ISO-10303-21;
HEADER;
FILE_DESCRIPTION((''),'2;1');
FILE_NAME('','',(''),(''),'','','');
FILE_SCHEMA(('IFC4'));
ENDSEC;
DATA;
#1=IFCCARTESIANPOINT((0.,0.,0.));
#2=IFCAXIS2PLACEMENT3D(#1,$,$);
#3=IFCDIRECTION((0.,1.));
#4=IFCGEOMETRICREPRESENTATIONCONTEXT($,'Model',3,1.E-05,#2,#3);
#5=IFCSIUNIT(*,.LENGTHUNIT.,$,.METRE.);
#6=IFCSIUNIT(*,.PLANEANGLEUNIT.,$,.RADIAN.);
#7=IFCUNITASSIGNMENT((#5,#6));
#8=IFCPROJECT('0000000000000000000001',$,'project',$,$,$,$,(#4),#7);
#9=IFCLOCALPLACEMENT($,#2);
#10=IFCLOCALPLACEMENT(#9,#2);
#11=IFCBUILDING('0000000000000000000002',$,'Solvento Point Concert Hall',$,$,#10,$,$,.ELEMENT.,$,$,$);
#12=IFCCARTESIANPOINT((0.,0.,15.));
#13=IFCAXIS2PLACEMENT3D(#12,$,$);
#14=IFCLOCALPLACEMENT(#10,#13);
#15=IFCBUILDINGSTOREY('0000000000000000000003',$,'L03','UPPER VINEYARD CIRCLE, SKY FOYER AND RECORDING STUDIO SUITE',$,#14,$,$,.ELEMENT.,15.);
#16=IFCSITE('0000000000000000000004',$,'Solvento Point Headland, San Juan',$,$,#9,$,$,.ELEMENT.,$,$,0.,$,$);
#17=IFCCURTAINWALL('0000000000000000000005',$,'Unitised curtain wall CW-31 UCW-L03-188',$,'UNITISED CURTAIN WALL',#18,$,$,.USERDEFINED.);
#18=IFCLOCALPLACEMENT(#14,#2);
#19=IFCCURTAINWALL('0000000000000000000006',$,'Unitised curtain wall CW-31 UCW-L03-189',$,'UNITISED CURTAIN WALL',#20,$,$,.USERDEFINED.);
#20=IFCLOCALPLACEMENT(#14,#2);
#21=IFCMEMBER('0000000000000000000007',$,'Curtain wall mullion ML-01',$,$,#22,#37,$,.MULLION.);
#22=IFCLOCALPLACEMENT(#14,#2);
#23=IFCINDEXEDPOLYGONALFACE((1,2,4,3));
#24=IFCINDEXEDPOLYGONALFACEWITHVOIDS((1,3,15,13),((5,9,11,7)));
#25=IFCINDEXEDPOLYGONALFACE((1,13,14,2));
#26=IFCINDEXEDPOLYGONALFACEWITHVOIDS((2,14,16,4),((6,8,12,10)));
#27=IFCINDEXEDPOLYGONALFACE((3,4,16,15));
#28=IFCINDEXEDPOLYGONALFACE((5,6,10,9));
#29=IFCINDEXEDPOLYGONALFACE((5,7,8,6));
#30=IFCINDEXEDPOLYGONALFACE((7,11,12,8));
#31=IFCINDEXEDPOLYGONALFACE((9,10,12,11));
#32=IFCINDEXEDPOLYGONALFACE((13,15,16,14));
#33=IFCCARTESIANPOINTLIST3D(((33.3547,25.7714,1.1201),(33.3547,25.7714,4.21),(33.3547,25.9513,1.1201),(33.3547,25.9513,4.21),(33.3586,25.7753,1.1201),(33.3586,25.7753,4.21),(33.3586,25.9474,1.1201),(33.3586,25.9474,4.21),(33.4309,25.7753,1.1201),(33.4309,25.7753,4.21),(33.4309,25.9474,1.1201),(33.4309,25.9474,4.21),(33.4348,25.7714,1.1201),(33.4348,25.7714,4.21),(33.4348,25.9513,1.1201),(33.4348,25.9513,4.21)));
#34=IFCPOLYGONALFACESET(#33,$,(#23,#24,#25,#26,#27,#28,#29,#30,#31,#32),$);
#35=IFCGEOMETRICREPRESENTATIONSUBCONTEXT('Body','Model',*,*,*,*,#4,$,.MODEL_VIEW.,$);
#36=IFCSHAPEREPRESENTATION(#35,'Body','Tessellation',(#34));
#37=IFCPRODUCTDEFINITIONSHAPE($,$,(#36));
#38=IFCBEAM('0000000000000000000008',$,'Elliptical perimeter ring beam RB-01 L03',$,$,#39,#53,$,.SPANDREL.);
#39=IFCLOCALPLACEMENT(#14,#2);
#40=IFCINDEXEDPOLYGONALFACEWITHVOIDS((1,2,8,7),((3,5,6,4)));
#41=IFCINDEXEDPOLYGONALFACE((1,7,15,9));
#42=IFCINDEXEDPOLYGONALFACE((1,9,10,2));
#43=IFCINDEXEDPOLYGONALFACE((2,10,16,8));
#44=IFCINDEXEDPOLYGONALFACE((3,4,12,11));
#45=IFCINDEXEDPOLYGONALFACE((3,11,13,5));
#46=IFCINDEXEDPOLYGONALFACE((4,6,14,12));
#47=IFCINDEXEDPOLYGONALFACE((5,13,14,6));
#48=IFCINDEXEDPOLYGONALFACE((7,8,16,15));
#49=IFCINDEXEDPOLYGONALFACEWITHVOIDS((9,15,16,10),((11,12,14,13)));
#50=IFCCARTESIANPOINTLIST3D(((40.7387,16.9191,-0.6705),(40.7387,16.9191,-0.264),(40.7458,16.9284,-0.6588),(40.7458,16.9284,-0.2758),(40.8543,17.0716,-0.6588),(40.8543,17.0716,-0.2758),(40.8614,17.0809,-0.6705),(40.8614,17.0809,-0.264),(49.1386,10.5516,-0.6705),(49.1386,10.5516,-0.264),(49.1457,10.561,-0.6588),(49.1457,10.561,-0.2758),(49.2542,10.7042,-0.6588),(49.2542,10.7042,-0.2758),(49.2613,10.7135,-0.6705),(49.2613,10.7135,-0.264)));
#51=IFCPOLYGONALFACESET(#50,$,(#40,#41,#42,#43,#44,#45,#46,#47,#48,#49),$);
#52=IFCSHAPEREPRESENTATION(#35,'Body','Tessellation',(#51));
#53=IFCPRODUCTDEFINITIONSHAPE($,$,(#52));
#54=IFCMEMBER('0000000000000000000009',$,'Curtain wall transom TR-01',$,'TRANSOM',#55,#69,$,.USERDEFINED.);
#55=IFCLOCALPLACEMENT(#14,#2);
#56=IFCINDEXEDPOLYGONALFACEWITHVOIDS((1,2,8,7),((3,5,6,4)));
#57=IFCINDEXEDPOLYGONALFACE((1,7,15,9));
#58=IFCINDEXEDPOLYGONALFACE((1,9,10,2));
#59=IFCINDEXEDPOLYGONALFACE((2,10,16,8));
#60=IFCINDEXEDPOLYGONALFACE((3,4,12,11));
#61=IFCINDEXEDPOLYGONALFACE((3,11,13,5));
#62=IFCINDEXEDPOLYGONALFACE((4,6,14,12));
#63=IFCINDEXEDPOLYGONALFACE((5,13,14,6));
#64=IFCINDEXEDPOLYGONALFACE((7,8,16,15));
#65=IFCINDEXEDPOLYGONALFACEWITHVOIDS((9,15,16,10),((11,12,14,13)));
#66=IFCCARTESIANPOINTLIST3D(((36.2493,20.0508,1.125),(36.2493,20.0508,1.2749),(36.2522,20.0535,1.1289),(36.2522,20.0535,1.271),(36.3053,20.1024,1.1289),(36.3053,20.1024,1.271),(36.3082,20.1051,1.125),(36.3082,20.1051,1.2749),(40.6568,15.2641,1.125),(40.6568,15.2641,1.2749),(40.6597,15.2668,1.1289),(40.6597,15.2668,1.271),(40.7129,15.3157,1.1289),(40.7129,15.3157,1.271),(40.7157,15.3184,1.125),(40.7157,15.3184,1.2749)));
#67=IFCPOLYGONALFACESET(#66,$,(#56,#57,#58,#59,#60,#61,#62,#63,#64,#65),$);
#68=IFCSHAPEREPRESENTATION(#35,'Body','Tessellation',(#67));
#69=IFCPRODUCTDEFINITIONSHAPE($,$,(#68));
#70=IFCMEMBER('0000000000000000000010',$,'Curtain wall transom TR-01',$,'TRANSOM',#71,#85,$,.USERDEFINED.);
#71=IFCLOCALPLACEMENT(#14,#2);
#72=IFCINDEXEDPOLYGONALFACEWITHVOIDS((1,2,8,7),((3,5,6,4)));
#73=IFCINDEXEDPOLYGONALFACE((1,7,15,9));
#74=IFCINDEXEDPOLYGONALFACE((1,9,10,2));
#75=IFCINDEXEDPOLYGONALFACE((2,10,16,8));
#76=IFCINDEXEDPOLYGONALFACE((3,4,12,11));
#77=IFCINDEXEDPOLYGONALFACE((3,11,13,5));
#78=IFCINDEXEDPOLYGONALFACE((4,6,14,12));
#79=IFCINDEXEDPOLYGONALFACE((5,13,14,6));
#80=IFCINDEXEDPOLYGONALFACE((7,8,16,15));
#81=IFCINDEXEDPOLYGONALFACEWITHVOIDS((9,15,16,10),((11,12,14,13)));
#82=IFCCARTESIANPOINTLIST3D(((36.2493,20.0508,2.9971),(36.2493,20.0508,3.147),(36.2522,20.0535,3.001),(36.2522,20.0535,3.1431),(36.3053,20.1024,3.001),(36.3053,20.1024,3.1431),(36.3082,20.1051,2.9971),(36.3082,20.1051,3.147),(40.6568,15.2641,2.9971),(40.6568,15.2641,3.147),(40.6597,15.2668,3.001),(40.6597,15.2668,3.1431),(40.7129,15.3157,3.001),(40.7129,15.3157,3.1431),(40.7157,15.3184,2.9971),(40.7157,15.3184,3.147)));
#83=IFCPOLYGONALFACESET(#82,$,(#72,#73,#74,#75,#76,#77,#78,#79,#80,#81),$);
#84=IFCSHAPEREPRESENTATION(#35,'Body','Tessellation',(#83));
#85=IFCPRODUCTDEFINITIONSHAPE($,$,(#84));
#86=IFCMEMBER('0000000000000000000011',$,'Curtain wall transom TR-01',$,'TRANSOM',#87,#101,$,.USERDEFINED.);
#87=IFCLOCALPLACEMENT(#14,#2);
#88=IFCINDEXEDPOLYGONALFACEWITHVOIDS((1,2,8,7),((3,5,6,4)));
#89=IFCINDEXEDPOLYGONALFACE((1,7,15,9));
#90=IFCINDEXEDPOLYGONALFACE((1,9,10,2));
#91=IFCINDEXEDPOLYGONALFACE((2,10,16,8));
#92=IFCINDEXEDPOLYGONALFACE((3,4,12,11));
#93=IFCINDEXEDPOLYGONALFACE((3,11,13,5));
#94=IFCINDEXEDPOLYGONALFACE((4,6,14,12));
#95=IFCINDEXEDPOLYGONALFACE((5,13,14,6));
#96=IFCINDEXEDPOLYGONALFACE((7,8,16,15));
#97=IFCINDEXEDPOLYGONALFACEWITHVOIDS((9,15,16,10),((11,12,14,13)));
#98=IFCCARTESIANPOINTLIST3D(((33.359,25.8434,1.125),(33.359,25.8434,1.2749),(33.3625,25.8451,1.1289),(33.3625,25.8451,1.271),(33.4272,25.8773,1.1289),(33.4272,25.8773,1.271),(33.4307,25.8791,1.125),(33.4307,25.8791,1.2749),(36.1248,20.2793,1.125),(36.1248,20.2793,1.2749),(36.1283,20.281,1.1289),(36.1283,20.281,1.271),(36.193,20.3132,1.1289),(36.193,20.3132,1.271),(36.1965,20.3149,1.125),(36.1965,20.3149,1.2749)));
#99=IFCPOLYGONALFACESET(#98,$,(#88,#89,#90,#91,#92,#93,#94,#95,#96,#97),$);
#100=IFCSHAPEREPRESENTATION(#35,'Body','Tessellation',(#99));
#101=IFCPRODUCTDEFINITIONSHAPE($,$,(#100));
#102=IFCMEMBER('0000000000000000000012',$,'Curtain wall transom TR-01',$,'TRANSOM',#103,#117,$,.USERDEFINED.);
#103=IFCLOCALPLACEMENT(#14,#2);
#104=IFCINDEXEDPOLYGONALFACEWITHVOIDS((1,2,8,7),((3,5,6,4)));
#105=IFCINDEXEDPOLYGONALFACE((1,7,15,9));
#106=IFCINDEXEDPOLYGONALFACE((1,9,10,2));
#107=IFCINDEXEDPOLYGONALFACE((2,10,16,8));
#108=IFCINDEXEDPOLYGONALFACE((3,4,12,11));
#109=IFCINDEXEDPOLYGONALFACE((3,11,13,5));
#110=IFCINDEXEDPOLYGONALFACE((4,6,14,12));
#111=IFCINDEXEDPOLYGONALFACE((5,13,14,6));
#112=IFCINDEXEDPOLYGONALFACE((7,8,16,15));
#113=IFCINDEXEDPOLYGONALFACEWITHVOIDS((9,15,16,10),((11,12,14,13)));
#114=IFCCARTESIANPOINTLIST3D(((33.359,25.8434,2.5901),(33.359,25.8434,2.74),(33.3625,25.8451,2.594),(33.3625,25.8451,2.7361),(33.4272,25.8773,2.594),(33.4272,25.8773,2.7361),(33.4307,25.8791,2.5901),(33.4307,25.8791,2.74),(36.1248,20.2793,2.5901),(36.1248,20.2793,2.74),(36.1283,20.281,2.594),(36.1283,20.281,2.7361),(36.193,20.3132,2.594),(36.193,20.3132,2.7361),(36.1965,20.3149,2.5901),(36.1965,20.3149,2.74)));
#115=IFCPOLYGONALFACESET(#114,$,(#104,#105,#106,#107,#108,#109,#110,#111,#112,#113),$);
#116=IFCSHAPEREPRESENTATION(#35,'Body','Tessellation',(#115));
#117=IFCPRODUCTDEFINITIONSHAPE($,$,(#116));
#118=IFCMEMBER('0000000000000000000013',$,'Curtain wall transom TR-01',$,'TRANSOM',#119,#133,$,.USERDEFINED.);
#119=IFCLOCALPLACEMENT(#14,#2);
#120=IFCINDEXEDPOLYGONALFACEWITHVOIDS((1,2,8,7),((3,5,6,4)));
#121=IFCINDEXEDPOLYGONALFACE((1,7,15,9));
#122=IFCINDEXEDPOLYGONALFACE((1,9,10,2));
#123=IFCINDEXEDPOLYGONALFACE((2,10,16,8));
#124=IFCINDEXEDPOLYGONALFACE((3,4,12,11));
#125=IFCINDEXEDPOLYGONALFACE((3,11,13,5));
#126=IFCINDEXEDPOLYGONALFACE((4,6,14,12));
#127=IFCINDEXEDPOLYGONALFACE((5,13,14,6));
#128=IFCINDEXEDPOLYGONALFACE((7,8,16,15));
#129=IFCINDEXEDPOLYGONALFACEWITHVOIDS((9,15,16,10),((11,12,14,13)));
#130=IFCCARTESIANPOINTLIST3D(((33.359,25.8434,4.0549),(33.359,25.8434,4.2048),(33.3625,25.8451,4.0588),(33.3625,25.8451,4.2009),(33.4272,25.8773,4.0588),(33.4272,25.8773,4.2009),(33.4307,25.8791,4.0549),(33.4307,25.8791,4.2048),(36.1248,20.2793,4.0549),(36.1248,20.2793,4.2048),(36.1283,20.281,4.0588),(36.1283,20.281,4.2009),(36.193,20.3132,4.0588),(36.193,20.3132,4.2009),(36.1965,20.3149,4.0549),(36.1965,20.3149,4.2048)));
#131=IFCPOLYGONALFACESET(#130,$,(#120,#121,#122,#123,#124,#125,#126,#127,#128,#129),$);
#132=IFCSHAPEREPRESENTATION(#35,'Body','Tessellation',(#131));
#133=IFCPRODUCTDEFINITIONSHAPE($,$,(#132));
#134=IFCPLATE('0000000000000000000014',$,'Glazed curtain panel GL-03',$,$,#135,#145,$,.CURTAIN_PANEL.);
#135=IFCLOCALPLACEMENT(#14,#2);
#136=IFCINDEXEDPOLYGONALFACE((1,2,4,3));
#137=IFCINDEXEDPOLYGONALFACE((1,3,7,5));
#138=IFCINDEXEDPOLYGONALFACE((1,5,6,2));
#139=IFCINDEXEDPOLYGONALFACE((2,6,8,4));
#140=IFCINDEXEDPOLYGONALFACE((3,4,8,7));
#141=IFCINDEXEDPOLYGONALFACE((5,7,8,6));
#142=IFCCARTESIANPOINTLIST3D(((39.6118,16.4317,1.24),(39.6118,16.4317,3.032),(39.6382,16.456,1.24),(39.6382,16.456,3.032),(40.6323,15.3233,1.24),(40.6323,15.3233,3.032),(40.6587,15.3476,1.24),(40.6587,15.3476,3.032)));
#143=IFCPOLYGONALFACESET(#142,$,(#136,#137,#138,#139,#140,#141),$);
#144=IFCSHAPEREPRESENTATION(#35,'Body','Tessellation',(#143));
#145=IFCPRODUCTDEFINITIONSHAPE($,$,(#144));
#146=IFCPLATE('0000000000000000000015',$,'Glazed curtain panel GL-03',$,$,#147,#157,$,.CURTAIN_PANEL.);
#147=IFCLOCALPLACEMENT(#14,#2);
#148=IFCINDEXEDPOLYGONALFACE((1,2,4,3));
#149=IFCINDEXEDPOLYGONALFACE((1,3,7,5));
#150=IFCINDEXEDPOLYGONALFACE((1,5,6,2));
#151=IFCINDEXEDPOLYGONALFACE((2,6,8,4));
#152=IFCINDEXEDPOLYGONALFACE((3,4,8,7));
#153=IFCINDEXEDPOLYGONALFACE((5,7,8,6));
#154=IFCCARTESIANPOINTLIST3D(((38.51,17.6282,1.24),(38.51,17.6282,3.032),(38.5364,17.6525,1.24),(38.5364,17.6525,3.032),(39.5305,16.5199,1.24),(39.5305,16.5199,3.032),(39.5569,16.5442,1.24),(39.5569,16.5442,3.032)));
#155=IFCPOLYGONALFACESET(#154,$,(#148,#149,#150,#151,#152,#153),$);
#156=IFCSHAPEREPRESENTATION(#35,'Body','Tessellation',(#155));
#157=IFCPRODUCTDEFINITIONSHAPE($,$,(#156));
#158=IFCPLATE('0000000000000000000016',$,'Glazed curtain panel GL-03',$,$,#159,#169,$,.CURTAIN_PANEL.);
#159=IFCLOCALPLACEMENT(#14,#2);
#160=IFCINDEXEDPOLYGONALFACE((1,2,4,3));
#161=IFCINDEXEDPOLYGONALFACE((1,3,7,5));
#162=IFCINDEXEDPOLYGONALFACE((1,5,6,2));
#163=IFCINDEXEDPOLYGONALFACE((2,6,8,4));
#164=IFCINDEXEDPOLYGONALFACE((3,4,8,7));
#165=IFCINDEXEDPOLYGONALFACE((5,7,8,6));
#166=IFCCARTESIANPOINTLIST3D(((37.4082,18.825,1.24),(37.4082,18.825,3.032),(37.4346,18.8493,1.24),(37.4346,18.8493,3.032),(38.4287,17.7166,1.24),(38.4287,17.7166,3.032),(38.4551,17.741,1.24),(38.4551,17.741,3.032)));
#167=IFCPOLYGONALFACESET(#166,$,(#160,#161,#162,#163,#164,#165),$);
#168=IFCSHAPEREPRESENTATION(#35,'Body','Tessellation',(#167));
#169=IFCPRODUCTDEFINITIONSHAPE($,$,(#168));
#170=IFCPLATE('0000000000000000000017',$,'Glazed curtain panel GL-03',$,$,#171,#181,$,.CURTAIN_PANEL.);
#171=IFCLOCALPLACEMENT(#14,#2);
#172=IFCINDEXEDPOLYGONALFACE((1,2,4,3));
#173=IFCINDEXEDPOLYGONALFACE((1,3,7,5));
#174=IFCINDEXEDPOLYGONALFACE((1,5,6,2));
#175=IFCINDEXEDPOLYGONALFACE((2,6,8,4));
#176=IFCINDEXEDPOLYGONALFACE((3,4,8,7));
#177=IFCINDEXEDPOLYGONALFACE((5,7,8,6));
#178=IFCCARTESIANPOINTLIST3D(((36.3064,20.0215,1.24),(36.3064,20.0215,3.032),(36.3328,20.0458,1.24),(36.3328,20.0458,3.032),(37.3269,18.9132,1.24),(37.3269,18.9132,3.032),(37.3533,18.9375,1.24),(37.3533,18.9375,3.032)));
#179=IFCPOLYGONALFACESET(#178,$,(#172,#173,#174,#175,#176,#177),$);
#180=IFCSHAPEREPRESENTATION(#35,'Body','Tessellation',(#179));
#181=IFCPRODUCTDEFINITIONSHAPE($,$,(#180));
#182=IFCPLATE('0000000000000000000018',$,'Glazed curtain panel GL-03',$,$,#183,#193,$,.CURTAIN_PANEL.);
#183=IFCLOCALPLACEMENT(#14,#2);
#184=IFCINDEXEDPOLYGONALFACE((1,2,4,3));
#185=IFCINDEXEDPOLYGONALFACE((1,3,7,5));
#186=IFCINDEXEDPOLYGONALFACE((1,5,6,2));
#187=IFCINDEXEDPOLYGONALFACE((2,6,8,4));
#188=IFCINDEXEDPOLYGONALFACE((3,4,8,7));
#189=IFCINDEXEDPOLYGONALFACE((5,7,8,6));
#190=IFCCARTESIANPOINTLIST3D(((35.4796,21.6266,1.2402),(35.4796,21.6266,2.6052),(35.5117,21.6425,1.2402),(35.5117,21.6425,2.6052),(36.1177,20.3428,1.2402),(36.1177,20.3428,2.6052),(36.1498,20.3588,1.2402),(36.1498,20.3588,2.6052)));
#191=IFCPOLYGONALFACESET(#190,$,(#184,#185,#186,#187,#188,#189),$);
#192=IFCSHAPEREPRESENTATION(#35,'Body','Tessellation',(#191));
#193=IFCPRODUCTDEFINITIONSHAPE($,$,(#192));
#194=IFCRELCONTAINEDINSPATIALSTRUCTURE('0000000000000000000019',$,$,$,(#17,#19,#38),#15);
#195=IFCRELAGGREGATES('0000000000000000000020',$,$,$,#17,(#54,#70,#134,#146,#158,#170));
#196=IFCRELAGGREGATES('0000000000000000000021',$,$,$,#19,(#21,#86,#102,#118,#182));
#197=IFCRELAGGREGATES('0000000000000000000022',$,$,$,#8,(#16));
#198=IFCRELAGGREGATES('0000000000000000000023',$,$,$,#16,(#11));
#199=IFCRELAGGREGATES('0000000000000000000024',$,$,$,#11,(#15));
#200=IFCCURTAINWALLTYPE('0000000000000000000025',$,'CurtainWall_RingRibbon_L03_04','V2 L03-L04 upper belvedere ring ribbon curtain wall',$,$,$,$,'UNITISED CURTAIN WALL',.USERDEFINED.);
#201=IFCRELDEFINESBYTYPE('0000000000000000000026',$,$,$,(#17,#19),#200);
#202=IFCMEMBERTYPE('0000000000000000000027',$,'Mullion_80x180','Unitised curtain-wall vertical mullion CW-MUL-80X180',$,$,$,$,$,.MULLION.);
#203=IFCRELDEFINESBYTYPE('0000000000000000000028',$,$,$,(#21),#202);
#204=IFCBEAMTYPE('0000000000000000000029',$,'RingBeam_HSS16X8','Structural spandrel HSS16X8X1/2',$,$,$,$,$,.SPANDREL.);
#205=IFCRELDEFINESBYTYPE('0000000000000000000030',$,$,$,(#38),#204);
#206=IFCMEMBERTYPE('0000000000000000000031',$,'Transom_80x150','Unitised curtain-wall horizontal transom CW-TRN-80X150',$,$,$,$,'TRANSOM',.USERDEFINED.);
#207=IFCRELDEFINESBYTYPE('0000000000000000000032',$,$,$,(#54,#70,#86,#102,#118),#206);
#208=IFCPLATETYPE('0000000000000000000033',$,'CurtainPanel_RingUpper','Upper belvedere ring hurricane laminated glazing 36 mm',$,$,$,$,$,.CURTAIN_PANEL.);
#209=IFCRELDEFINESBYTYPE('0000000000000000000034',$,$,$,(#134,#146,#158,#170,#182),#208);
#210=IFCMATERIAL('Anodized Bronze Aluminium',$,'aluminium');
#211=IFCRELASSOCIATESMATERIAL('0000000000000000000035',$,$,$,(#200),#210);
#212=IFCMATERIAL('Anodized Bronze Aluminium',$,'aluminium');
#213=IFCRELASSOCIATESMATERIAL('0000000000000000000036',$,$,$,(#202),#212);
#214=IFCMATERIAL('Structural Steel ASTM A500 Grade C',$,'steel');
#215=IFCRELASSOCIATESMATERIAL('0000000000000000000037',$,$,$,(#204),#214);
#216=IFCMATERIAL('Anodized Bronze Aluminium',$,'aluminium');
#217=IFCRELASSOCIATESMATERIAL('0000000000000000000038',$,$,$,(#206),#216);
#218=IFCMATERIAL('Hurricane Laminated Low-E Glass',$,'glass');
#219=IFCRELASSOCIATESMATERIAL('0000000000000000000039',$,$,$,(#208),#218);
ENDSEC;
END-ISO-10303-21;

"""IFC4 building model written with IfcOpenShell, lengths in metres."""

from ifc_helpers import new_model, si_unit, direction, frame, origin, origin_2d, place, context, subcontext, project, spatial, rectangle, hollow_rectangle, extrude, material, material_profile, profile_set, type_object, element, aggregate, save


model = new_model("IFC4")

# Units and contexts
model_context = context("Model", 3, precision=1e-05, world=origin(), true_north=direction((0.0, 1.0)))
body_context = subcontext(model_context, "Body", "Model", "MODEL_VIEW")
ifc_project = project(units=[si_unit("LENGTHUNIT", "METRE"), si_unit("PLANEANGLEUNIT", "RADIAN")], contexts=[model_context])

# Site, building, storey
site_placement = place(None, origin())
site = spatial("IfcSite", under=ifc_project, at=site_placement, Name="Solvento Point Headland, San Juan", CompositionType="ELEMENT", RefElevation=0.0)
building_placement = place(site_placement, origin())
building = spatial("IfcBuilding", under=site, at=building_placement, Name="Solvento Point Concert Hall", CompositionType="ELEMENT")
storey_placement = place(building_placement, frame((0.0, 0.0, 15.0)))
storey = spatial("IfcBuildingStorey", under=building, at=storey_placement, Name="L03", Description="UPPER VINEYARD CIRCLE, SKY FOYER AND RECORDING STUDIO SUITE", CompositionType="ELEMENT", Elevation=15.0)

# Curtain walls, member
ifc_material_1 = material(Name="Anodized Bronze Aluminium", Category="aluminium")
curtain_wall_type = type_object("IfcCurtainWallType", Name="CurtainWall_RingRibbon_L03_04", Description="V2 L03-L04 upper belvedere ring ribbon curtain wall", ElementType="UNITISED CURTAIN WALL", PredefinedType="USERDEFINED", material=ifc_material_1)
curtain_wall_1_placement = place(storey_placement, origin())
curtain_wall_1 = element("IfcCurtainWall", 1, at=curtain_wall_1_placement, inside=storey, type_object=curtain_wall_type, Name="Unitised curtain wall CW-31 UCW-L03-188", ObjectType="UNITISED CURTAIN WALL", PredefinedType="USERDEFINED")
ifc_material_2 = material(Name="Anodized Bronze Aluminium", Category="aluminium")
ifc_material_profile_1 = material_profile(ifc_material_2, hollow_rectangle(XDim=0.0801, YDim=0.1799, WallThickness=0.0039, at=origin_2d()), Name="CW-MUL-80X180")
ifc_profile_set_1 = profile_set([ifc_material_profile_1], Name="Anodized Bronze Aluminium")
member_type_1 = type_object("IfcMemberType", Name="Mullion_80x180", Description="Unitised curtain-wall vertical mullion CW-MUL-80X180", PredefinedType="MULLION", material=ifc_profile_set_1)
curtain_wall_2_placement = place(storey_placement, origin())
curtain_wall_2 = element("IfcCurtainWall", 2, at=curtain_wall_2_placement, inside=storey, type_object=curtain_wall_type, Name="Unitised curtain wall CW-31 UCW-L03-189", ObjectType="UNITISED CURTAIN WALL", PredefinedType="USERDEFINED")
member_1_placement = place(storey_placement, frame((33.3948, 25.8613, 1.1201), z_axis=(0.0, 0.0, 1.0), x_axis=(1.0, 0.0, 0.0)))
member_1 = element("IfcMember", 3, at=member_1_placement, type_object=member_type_1, Name="Curtain wall mullion ML-01", PredefinedType="MULLION", context=body_context, shape_type="SweptSolid", body=[
    extrude(hollow_rectangle(XDim=0.0801, YDim=0.1799, WallThickness=0.0039, at=origin_2d()), origin(), (0.0, 0.0, 1.0), 3.0898),
])

# Beam
ifc_material_3 = material(Name="Structural Steel ASTM A500 Grade C", Category="steel")
ifc_material_profile_2 = material_profile(ifc_material_3, hollow_rectangle(XDim=0.2031, YDim=0.4065, WallThickness=0.0117, at=origin_2d()), Name="HSS16X8X1/2")
ifc_profile_set_2 = profile_set([ifc_material_profile_2], Name="Structural Steel ASTM A500 Grade C")
beam_type = type_object("IfcBeamType", Name="RingBeam_HSS16X8", Description="Structural spandrel HSS16X8X1/2", PredefinedType="SPANDREL", material=ifc_profile_set_2)
beam_placement = place(storey_placement, frame((40.8, 17.0, -0.4673), z_axis=(0.796915, -0.604091, 0.0), x_axis=(0.604091, 0.796915, 0.0)))
element("IfcBeam", 4, at=beam_placement, inside=storey, type_object=beam_type, Name="Elliptical perimeter ring beam RB-01 L03", PredefinedType="SPANDREL", context=body_context, shape_type="SweptSolid", body=[
    extrude(hollow_rectangle(XDim=0.2031, YDim=0.4065, WallThickness=0.0117, at=origin_2d()), origin(), (0.0, 0.0, 1.0), 10.5405),
])

# Members
ifc_material_4 = material(Name="Anodized Bronze Aluminium", Category="aluminium")
ifc_material_profile_3 = material_profile(ifc_material_4, hollow_rectangle(XDim=0.0801, YDim=0.1499, WallThickness=0.0039, at=origin_2d()), Name="CW-TRN-80X150")
ifc_profile_set_3 = profile_set([ifc_material_profile_3], Name="Anodized Bronze Aluminium")
member_type_2 = type_object("IfcMemberType", Name="Transom_80x150", Description="Unitised curtain-wall horizontal transom CW-TRN-80X150", ElementType="TRANSOM", PredefinedType="USERDEFINED", material=ifc_profile_set_3)
member_2_placement = place(storey_placement, frame((40.6863, 15.2913, 1.2), z_axis=(-0.677371, 0.735642, 0.0), x_axis=(-0.735642, -0.677371, 0.0)))
member_2 = element("IfcMember", 5, at=member_2_placement, type_object=member_type_2, Name="Curtain wall transom TR-01", ObjectType="TRANSOM", PredefinedType="USERDEFINED", context=body_context, shape_type="SweptSolid", body=[
    extrude(hollow_rectangle(XDim=0.0801, YDim=0.1499, WallThickness=0.0039, at=origin_2d()), origin(), (0.0, 0.0, 1.0), 6.5068),
])
member_3_placement = place(storey_placement, frame((40.6863, 15.2913, 3.072), z_axis=(-0.677371, 0.735642, 0.0), x_axis=(-0.735642, -0.677371, 0.0)))
member_3 = element("IfcMember", 6, at=member_3_placement, type_object=member_type_2, Name="Curtain wall transom TR-01", ObjectType="TRANSOM", PredefinedType="USERDEFINED", context=body_context, shape_type="SweptSolid", body=[
    extrude(hollow_rectangle(XDim=0.0801, YDim=0.1499, WallThickness=0.0039, at=origin_2d()), origin(), (0.0, 0.0, 1.0), 6.5068),
])
member_4_placement = place(storey_placement, frame((36.1606, 20.2971, 1.2), z_axis=(-0.445122, 0.89547, 0.0), x_axis=(-0.89547, -0.445122, 0.0)))
member_4 = element("IfcMember", 7, at=member_4_placement, type_object=member_type_2, Name="Curtain wall transom TR-01", ObjectType="TRANSOM", PredefinedType="USERDEFINED", context=body_context, shape_type="SweptSolid", body=[
    extrude(hollow_rectangle(XDim=0.0801, YDim=0.1499, WallThickness=0.0039, at=origin_2d()), origin(), (0.0, 0.0, 1.0), 6.2136),
])
member_5_placement = place(storey_placement, frame((36.1606, 20.2971, 2.665), z_axis=(-0.445122, 0.89547, 0.0), x_axis=(-0.89547, -0.445122, 0.0)))
member_5 = element("IfcMember", 8, at=member_5_placement, type_object=member_type_2, Name="Curtain wall transom TR-01", ObjectType="TRANSOM", PredefinedType="USERDEFINED", context=body_context, shape_type="SweptSolid", body=[
    extrude(hollow_rectangle(XDim=0.0801, YDim=0.1499, WallThickness=0.0039, at=origin_2d()), origin(), (0.0, 0.0, 1.0), 6.2136),
])
member_6_placement = place(storey_placement, frame((36.1606, 20.2971, 4.1299), z_axis=(-0.445122, 0.89547, 0.0), x_axis=(-0.89547, -0.445122, 0.0)))
member_6 = element("IfcMember", 9, at=member_6_placement, type_object=member_type_2, Name="Curtain wall transom TR-01", ObjectType="TRANSOM", PredefinedType="USERDEFINED", context=body_context, shape_type="SweptSolid", body=[
    extrude(hollow_rectangle(XDim=0.0801, YDim=0.1499, WallThickness=0.0039, at=origin_2d()), origin(), (0.0, 0.0, 1.0), 6.2136),
])

# Plates
ifc_material_5 = material(Name="Hurricane Laminated Low-E Glass", Category="glass")
plate_type = type_object("IfcPlateType", Name="CurtainPanel_RingUpper", Description="Upper belvedere ring hurricane laminated glazing 36 mm", PredefinedType="CURTAIN_PANEL", material=ifc_material_5)
plate_1_placement = place(storey_placement, frame((40.1353, 15.8896, 1.24), z_axis=(0.0, 0.0, 1.0), x_axis=(-0.677365, 0.735647, 0.0)))
plate_1 = element("IfcPlate", 10, at=plate_1_placement, type_object=plate_type, Name="Glazed curtain panel GL-03", PredefinedType="CURTAIN_PANEL", context=body_context, shape_type="SweptSolid", body=[
    extrude(rectangle(XDim=1.5066, YDim=0.0359, at=origin_2d()), origin(), (0.0, 0.0, 1.0), 1.792),
])
plate_2_placement = place(storey_placement, frame((39.0334, 17.0862, 1.24), z_axis=(0.0, 0.0, 1.0), x_axis=(-0.677365, 0.735647, 0.0)))
plate_2 = element("IfcPlate", 11, at=plate_2_placement, type_object=plate_type, Name="Glazed curtain panel GL-03", PredefinedType="CURTAIN_PANEL", context=body_context, shape_type="SweptSolid", body=[
    extrude(rectangle(XDim=1.5066, YDim=0.0359, at=origin_2d()), origin(), (0.0, 0.0, 1.0), 1.792),
])
plate_3_placement = place(storey_placement, frame((37.9316, 18.283, 1.24), z_axis=(0.0, 0.0, 1.0), x_axis=(-0.677365, 0.735647, 0.0)))
plate_3 = element("IfcPlate", 12, at=plate_3_placement, type_object=plate_type, Name="Glazed curtain panel GL-03", PredefinedType="CURTAIN_PANEL", context=body_context, shape_type="SweptSolid", body=[
    extrude(rectangle(XDim=1.5066, YDim=0.0359, at=origin_2d()), origin(), (0.0, 0.0, 1.0), 1.792),
])
plate_4_placement = place(storey_placement, frame((36.8298, 19.4795, 1.24), z_axis=(0.0, 0.0, 1.0), x_axis=(-0.677365, 0.735647, 0.0)))
plate_4 = element("IfcPlate", 13, at=plate_4_placement, type_object=plate_type, Name="Glazed curtain panel GL-03", PredefinedType="CURTAIN_PANEL", context=body_context, shape_type="SweptSolid", body=[
    extrude(rectangle(XDim=1.5066, YDim=0.0359, at=origin_2d()), origin(), (0.0, 0.0, 1.0), 1.792),
])
aggregate(curtain_wall_1, [member_2, member_3, plate_1, plate_2, plate_3, plate_4])
plate_5_placement = place(storey_placement, frame((35.8147, 20.9927, 1.2402), z_axis=(0.0, 0.0, 1.0), x_axis=(-0.445115, 0.895473, 0.0)))
plate_5 = element("IfcPlate", 14, at=plate_5_placement, type_object=plate_type, Name="Glazed curtain panel GL-03", PredefinedType="CURTAIN_PANEL", context=body_context, shape_type="SweptSolid", body=[
    extrude(rectangle(XDim=1.4336, YDim=0.0359, at=origin_2d()), origin(), (0.0, 0.0, 1.0), 1.365),
])
aggregate(curtain_wall_2, [member_1, member_4, member_5, member_6, plate_5])

save(model, "model.ifc")
